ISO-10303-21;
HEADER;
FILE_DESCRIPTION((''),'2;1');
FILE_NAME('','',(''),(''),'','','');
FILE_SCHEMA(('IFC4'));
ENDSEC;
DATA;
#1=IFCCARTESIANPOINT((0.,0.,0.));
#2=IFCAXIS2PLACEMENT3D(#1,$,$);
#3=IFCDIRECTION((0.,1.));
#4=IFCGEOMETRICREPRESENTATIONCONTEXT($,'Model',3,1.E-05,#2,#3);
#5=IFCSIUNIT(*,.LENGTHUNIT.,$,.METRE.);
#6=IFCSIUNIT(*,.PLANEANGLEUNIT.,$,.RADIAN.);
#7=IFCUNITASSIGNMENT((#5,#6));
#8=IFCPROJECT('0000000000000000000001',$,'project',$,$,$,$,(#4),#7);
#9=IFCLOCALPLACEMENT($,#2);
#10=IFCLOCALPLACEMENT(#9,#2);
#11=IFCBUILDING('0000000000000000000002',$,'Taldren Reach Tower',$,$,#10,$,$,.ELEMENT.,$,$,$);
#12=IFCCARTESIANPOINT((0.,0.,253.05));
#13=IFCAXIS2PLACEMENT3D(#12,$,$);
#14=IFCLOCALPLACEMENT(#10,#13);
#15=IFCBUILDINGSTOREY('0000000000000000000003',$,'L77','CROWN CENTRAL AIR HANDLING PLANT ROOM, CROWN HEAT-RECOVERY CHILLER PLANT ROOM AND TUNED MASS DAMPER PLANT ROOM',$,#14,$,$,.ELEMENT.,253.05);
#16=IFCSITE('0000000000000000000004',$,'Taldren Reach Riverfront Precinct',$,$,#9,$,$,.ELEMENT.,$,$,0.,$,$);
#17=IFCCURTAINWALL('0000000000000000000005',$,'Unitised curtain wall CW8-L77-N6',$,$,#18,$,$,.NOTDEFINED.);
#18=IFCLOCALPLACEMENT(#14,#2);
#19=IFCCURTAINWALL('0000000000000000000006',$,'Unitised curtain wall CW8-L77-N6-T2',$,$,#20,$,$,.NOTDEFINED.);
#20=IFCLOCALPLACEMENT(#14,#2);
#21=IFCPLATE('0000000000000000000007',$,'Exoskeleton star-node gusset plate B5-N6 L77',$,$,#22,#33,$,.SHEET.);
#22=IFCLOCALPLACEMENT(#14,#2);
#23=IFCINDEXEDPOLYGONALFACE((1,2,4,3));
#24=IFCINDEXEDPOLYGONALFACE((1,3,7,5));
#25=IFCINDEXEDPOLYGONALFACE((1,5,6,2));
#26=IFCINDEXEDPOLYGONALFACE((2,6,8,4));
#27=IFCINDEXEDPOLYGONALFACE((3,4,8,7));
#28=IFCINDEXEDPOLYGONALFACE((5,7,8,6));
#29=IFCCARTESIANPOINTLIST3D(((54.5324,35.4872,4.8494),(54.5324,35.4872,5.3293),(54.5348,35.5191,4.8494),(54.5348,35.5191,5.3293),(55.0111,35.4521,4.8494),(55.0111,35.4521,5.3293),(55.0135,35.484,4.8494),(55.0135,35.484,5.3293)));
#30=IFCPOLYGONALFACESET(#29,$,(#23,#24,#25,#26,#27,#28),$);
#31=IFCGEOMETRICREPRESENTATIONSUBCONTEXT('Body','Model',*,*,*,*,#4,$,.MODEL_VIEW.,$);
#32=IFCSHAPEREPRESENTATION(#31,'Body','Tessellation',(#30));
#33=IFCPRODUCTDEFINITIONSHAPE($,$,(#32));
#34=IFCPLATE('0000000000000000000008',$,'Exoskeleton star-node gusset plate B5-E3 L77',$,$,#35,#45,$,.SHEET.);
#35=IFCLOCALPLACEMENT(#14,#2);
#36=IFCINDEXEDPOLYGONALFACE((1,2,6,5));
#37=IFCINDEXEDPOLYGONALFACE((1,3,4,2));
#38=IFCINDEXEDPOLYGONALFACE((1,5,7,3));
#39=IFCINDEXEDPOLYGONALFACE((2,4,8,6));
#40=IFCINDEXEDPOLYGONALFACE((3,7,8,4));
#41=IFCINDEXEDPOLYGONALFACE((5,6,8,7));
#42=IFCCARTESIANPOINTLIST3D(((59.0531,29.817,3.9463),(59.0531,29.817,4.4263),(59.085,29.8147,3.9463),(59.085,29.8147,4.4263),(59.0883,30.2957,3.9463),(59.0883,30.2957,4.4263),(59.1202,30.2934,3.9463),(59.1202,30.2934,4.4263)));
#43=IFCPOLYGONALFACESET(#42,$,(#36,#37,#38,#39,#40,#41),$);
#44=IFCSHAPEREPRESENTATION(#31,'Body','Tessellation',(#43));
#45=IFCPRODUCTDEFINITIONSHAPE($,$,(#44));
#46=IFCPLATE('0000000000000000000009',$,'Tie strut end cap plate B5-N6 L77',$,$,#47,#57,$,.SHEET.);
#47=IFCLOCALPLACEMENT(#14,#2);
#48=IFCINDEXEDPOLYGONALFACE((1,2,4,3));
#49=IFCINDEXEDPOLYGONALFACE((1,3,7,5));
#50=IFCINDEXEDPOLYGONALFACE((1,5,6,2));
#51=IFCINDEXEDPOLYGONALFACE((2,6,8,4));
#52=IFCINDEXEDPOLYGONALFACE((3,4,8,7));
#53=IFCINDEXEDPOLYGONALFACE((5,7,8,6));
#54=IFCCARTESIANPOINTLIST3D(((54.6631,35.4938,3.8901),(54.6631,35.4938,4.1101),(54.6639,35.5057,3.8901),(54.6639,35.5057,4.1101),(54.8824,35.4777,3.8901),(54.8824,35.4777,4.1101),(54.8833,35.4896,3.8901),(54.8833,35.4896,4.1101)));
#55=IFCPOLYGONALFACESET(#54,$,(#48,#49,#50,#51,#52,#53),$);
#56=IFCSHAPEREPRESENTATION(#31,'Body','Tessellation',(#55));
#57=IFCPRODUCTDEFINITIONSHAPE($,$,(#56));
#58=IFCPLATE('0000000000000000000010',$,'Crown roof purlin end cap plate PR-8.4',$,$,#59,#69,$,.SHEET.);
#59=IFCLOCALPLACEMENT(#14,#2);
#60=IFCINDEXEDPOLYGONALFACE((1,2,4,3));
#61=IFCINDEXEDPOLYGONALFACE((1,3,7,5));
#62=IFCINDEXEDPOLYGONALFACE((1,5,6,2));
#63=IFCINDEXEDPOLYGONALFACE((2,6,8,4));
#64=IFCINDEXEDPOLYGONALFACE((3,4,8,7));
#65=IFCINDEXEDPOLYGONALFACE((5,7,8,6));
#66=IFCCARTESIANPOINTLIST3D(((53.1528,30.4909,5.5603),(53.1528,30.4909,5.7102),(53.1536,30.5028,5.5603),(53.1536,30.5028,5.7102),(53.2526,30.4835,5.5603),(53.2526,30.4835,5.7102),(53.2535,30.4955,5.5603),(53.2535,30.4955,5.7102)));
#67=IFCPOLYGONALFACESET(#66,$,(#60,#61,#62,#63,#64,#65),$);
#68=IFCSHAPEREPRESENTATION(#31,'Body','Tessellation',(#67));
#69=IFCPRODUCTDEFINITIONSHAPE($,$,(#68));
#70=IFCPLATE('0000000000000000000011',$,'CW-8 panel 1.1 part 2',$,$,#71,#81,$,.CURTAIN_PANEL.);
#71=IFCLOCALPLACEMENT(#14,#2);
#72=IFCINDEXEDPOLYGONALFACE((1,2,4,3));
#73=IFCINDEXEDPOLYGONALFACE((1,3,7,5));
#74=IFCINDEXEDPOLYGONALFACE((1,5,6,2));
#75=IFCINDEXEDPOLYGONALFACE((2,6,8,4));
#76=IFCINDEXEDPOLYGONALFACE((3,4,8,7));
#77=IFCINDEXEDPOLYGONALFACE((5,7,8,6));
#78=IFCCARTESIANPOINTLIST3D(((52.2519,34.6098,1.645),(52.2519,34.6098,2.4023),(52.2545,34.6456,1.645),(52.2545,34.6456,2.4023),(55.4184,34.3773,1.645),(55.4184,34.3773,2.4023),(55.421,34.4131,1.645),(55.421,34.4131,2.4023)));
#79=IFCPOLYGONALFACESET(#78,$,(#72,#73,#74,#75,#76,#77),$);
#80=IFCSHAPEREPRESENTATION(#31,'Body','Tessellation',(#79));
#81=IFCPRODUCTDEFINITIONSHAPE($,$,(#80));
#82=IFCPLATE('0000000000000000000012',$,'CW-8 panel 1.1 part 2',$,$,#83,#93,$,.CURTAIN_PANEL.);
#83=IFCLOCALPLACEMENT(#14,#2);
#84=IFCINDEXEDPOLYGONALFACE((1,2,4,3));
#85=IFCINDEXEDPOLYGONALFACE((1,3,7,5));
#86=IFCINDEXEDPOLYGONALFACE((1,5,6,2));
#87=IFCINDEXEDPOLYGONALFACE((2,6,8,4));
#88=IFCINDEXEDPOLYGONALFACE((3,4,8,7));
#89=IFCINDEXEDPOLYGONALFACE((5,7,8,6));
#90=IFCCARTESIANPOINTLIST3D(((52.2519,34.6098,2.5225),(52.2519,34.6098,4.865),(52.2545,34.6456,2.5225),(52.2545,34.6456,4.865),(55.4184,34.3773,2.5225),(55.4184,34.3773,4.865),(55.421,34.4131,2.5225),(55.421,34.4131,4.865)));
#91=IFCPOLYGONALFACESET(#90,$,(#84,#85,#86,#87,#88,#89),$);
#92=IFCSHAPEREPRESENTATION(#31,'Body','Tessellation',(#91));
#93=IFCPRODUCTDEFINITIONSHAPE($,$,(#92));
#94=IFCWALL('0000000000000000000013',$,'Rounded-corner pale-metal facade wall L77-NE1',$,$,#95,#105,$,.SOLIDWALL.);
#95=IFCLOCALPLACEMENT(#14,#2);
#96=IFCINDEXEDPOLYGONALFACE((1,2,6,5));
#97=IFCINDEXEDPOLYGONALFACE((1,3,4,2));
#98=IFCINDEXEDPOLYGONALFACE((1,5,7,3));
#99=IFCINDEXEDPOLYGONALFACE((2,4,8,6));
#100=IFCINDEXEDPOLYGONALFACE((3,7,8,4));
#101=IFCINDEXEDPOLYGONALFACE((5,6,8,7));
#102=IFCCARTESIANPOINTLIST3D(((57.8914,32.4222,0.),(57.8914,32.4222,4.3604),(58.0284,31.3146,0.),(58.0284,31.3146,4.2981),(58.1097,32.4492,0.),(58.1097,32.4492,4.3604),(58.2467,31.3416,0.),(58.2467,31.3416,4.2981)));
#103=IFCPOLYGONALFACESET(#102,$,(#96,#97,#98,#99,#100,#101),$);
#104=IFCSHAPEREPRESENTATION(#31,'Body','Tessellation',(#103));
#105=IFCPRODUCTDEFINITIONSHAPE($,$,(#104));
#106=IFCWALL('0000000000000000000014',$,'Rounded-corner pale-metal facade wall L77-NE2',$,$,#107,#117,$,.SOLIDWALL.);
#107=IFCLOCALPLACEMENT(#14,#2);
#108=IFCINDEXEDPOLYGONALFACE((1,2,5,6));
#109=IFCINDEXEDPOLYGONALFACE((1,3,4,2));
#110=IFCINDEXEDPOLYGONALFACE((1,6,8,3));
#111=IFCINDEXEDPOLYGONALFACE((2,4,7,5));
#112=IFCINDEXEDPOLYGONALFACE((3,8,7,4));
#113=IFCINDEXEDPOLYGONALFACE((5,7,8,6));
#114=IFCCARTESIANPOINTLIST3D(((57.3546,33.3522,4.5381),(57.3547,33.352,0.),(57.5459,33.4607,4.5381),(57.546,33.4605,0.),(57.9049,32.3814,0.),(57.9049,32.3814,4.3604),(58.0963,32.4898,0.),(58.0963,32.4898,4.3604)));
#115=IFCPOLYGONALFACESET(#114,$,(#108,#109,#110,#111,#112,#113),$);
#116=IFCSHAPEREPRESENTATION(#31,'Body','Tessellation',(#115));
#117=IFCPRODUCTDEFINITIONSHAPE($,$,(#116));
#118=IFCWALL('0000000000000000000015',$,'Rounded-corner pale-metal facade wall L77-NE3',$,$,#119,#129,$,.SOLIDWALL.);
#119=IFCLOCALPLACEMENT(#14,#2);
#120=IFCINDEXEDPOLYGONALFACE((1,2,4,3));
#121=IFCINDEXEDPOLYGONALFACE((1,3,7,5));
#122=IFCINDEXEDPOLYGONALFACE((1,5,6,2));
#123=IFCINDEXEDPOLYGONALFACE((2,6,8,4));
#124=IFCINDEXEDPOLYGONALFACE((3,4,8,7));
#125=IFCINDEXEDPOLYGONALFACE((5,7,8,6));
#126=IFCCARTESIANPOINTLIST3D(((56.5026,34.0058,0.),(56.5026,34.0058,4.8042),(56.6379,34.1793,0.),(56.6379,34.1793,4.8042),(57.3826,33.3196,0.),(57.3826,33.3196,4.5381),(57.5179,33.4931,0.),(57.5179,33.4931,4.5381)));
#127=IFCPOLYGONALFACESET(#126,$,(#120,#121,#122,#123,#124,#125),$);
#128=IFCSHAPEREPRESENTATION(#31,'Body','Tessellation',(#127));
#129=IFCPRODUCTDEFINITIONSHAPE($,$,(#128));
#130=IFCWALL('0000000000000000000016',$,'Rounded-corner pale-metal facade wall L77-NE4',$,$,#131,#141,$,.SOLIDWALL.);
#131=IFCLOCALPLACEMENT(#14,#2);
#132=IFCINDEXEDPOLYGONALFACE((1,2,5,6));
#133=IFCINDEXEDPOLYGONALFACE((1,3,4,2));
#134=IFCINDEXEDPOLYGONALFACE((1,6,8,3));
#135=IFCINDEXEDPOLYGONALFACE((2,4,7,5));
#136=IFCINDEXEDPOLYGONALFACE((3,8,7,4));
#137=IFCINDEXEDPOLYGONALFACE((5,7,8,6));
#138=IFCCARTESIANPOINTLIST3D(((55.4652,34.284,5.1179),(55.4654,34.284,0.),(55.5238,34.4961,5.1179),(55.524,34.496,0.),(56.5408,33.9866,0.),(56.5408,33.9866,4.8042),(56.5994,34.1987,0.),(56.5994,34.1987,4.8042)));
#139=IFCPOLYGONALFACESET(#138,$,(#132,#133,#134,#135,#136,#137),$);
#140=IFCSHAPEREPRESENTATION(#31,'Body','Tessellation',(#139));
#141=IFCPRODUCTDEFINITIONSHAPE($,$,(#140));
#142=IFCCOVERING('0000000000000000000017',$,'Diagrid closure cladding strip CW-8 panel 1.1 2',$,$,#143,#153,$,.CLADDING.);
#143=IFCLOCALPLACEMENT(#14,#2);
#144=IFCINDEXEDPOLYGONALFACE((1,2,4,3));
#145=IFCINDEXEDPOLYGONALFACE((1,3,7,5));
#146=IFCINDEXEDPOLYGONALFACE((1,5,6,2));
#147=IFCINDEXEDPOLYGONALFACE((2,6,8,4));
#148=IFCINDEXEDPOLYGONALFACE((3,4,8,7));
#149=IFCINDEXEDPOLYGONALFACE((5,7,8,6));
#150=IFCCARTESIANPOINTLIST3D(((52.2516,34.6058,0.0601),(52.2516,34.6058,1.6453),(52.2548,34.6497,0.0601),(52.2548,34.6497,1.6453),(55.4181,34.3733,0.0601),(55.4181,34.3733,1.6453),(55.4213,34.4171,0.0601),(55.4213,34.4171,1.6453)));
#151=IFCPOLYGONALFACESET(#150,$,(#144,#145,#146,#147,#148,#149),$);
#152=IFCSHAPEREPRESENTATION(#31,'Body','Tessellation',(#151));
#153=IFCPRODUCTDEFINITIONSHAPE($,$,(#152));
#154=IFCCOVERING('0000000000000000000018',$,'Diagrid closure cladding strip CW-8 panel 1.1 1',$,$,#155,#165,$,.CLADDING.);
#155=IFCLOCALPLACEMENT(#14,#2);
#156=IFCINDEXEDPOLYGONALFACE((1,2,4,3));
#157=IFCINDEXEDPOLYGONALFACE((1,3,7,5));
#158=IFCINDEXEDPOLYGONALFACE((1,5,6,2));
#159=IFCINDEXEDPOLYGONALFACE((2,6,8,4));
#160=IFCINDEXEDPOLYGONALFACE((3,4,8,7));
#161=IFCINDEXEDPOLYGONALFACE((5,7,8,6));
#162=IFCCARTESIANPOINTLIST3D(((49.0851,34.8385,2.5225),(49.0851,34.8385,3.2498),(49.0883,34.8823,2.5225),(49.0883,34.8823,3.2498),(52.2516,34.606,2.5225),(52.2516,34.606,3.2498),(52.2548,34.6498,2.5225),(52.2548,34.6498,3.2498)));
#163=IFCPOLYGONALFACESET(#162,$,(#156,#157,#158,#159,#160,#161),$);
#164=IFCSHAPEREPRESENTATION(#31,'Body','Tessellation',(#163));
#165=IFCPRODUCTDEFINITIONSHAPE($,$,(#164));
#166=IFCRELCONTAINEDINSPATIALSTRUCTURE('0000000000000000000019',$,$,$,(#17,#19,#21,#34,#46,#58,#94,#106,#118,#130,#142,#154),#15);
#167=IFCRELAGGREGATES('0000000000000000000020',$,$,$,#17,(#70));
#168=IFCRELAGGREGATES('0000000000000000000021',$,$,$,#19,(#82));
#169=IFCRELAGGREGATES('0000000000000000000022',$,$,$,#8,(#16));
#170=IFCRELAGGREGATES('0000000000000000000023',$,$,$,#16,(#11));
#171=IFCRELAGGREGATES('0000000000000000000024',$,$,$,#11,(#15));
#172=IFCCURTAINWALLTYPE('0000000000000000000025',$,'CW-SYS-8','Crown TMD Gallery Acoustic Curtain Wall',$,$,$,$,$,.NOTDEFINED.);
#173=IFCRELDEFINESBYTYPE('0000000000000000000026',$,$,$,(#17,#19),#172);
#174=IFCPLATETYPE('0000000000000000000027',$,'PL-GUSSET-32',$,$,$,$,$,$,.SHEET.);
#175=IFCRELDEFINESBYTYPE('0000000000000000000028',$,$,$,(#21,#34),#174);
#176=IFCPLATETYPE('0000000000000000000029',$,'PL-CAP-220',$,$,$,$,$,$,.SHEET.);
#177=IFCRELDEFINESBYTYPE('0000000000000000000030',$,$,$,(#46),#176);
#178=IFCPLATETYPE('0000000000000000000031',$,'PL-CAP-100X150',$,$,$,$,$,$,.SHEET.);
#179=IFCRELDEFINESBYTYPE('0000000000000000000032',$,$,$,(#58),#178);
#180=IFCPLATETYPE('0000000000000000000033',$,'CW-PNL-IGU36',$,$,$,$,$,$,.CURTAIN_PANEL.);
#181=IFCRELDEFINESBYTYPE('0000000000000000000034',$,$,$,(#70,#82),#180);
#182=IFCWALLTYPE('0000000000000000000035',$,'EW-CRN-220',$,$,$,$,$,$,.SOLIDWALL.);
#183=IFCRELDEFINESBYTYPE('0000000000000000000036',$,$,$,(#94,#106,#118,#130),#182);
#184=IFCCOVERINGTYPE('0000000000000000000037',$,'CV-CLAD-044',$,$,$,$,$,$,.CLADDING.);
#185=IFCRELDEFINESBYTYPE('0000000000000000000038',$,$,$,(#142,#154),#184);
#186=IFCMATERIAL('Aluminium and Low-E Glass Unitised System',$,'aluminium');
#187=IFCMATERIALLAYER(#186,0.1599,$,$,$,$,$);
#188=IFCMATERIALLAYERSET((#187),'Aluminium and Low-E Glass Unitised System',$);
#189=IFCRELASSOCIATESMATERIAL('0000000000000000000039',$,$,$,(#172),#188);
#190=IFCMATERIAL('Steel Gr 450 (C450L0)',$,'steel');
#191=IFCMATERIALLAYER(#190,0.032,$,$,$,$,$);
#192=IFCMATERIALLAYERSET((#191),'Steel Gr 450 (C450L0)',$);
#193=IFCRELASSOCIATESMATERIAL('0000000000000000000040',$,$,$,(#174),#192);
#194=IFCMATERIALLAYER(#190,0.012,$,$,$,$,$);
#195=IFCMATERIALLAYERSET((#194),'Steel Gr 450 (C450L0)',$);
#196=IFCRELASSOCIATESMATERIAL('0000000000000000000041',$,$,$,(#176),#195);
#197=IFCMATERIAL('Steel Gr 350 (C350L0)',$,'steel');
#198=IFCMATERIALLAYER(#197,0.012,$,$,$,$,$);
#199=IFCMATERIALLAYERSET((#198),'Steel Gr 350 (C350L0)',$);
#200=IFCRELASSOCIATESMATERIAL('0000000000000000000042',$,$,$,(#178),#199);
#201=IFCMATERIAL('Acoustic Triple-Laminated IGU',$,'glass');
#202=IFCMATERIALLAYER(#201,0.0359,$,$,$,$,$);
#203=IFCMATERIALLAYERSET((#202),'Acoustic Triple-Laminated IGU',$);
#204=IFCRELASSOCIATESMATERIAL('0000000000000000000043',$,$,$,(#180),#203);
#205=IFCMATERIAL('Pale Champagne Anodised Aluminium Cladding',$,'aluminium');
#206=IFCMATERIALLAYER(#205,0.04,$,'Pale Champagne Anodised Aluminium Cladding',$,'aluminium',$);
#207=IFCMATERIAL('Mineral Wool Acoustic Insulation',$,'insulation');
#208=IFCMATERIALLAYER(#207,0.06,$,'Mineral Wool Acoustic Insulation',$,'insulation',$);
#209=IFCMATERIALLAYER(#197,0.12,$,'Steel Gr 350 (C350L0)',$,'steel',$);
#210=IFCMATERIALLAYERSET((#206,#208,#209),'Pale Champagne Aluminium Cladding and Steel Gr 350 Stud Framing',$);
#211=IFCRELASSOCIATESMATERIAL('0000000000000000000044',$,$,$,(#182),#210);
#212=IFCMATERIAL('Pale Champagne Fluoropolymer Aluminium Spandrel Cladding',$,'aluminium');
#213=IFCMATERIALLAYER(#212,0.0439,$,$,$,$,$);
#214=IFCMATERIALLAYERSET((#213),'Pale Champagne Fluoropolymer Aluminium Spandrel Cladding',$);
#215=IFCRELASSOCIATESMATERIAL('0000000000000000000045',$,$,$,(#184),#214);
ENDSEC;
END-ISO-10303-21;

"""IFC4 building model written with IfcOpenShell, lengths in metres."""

from ifc_helpers import new_model, si_unit, direction, frame, origin, origin_2d, place, context, subcontext, project, spatial, polyline, rectangle, outline, extrude, source, transform, mapped, material, layer, layer_set, type_object, element, aggregate, save


model = new_model("IFC4")

# Units and contexts
model_context = context("Model", 3, precision=1e-05, world=origin(), true_north=direction((0.0, 1.0)))
body_context = subcontext(model_context, "Body", "Model", "MODEL_VIEW")
ifc_project = project(units=[si_unit("LENGTHUNIT", "METRE"), si_unit("PLANEANGLEUNIT", "RADIAN")], contexts=[model_context])

# Site, building, storey
site_placement = place(None, origin())
site = spatial("IfcSite", under=ifc_project, at=site_placement, Name="Taldren Reach Riverfront Precinct", CompositionType="ELEMENT", RefElevation=0.0)
building_placement = place(site_placement, origin())
building = spatial("IfcBuilding", under=site, at=building_placement, Name="Taldren Reach Tower", CompositionType="ELEMENT")
storey_placement = place(building_placement, frame((0.0, 0.0, 253.05)))
storey = spatial("IfcBuildingStorey", under=building, at=storey_placement, Name="L77", Description="CROWN CENTRAL AIR HANDLING PLANT ROOM, CROWN HEAT-RECOVERY CHILLER PLANT ROOM AND TUNED MASS DAMPER PLANT ROOM", CompositionType="ELEMENT", Elevation=253.05)

# Shared definitions
ifc_material_1 = material(Name="Steel Gr 450 (C450L0)", Category="steel")

# Shared definitions
ifc_material_2 = material(Name="Steel Gr 350 (C350L0)", Category="steel")

# Curtain walls
ifc_material_3 = material(Name="Aluminium and Low-E Glass Unitised System", Category="aluminium")
ifc_layer_1 = layer(ifc_material_3, 0.1599)
ifc_layer_set_1 = layer_set([ifc_layer_1], Name="Aluminium and Low-E Glass Unitised System")
curtain_wall_type = type_object("IfcCurtainWallType", Name="CW-SYS-8", Description="Crown TMD Gallery Acoustic Curtain Wall", PredefinedType="NOTDEFINED", material=ifc_layer_set_1)
curtain_wall_1_placement = place(storey_placement, origin())
curtain_wall_1 = element("IfcCurtainWall", 1, at=curtain_wall_1_placement, inside=storey, type_object=curtain_wall_type, Name="Unitised curtain wall CW8-L77-N6", PredefinedType="NOTDEFINED")
curtain_wall_2_placement = place(storey_placement, origin())
curtain_wall_2 = element("IfcCurtainWall", 2, at=curtain_wall_2_placement, inside=storey, type_object=curtain_wall_type, Name="Unitised curtain wall CW8-L77-N6-T2", PredefinedType="NOTDEFINED")

# Plates
ifc_layer_2 = layer(ifc_material_1, 0.032)
ifc_layer_set_2 = layer_set([ifc_layer_2], Name="Steel Gr 450 (C450L0)")
plate_type_1 = type_object("IfcPlateType", Name="PL-GUSSET-32", PredefinedType="SHEET", material=ifc_layer_set_2)
shared_shape_1 = source(origin(), body_context, "Body", "SweptSolid", [
    extrude(rectangle(XDim=0.48, YDim=0.032, at=origin_2d()), origin(), (0.0, 0.0, 1.0), 0.48),
])
for number, where, z_axis, x_axis, name in (
    (3, (54.7729, 35.4856, 4.8494), (0.0, 0.0, 1.0), (0.997314, -0.073238, 0.0), "Exoskeleton star-node gusset plate B5-N6 L77"),
    (4, (59.0867, 30.0552, 3.9463), (0.0, 0.0, 1.0), (0.073238, 0.997314, 0.0), "Exoskeleton star-node gusset plate B5-E3 L77"),
):
    element("IfcPlate", number, at=place(storey_placement, frame(where, z_axis=z_axis, x_axis=x_axis)), inside=storey, type_object=plate_type_1, Name=name, PredefinedType="SHEET", context=body_context, shape_type="MappedRepresentation", body=[
        mapped(shared_shape_1, transform((0.0, 0.0, 0.0), scale=1.0)),
    ])
ifc_layer_3 = layer(ifc_material_1, 0.012)
ifc_layer_set_3 = layer_set([ifc_layer_3], Name="Steel Gr 450 (C450L0)")
plate_type_2 = type_object("IfcPlateType", Name="PL-CAP-220", PredefinedType="SHEET", material=ifc_layer_set_3)
shared_shape_2 = source(origin(), body_context, "Body", "SweptSolid", [
    extrude(rectangle(XDim=0.22, YDim=0.012, at=origin_2d()), origin(), (0.0, 0.0, 1.0), 0.22),
])
plate_1_placement = place(storey_placement, frame((54.7732, 35.4917, 3.8901), z_axis=(0.0, 0.0, 1.0), x_axis=(0.997314, -0.073238, 0.0)))
element("IfcPlate", 5, at=plate_1_placement, inside=storey, type_object=plate_type_2, Name="Tie strut end cap plate B5-N6 L77", PredefinedType="SHEET", context=body_context, shape_type="MappedRepresentation", body=[
    mapped(shared_shape_2, transform((0.0, 0.0, 0.0), scale=1.0)),
])
ifc_layer_4 = layer(ifc_material_2, 0.012)
ifc_layer_set_4 = layer_set([ifc_layer_4], Name="Steel Gr 350 (C350L0)")
plate_type_3 = type_object("IfcPlateType", Name="PL-CAP-100X150", PredefinedType="SHEET", material=ifc_layer_set_4)
shared_shape_3 = source(origin(), body_context, "Body", "SweptSolid", [
    extrude(rectangle(XDim=0.1001, YDim=0.012, at=origin_2d()), origin(), (0.0, 0.0, 1.0), 0.1499),
])
plate_2_placement = place(storey_placement, frame((53.2031, 30.4932, 5.5603), z_axis=(0.0, 0.0, 1.0), x_axis=(0.997314, -0.073238, 0.0)))
element("IfcPlate", 6, at=plate_2_placement, inside=storey, type_object=plate_type_3, Name="Crown roof purlin end cap plate PR-8.4", PredefinedType="SHEET", context=body_context, shape_type="MappedRepresentation", body=[
    mapped(shared_shape_3, transform((0.0, 0.0, 0.0), scale=1.0)),
])

# Plates
ifc_material_4 = material(Name="Acoustic Triple-Laminated IGU", Category="glass")
ifc_layer_5 = layer(ifc_material_4, 0.0359)
ifc_layer_set_5 = layer_set([ifc_layer_5], Name="Acoustic Triple-Laminated IGU")
plate_type_4 = type_object("IfcPlateType", Name="CW-PNL-IGU36", PredefinedType="CURTAIN_PANEL", material=ifc_layer_set_5)
shared_shape_4 = source(origin(), body_context, "Body", "SweptSolid", [
    extrude(rectangle(XDim=3.175, YDim=0.0359, at=origin_2d()), origin(), (0.0, 0.0, 1.0), 0.7573),
])
plate_3_placement = place(storey_placement, frame((53.8364, 34.5115, 1.645), z_axis=(0.0, 0.0, 1.0), x_axis=(0.997314, -0.073239, 0.0)))
plate_3 = element("IfcPlate", 7, at=plate_3_placement, type_object=plate_type_4, Name="CW-8 panel 1.1 part 2", PredefinedType="CURTAIN_PANEL", context=body_context, shape_type="MappedRepresentation", body=[
    mapped(shared_shape_4, transform((0.0, 0.0, 0.0), scale=1.0)),
])
aggregate(curtain_wall_1, [plate_3])
shared_shape_5 = source(origin(), body_context, "Body", "SweptSolid", [
    extrude(rectangle(XDim=3.175, YDim=0.0359, at=origin_2d()), origin(), (0.0, 0.0, 1.0), 2.3425),
])
plate_4_placement = place(storey_placement, frame((53.8364, 34.5115, 2.5225), z_axis=(0.0, 0.0, 1.0), x_axis=(0.997314, -0.073239, 0.0)))
plate_4 = element("IfcPlate", 8, at=plate_4_placement, type_object=plate_type_4, Name="CW-8 panel 1.1 part 2", PredefinedType="CURTAIN_PANEL", context=body_context, shape_type="MappedRepresentation", body=[
    mapped(shared_shape_5, transform((0.0, 0.0, 0.0), scale=1.0)),
])
aggregate(curtain_wall_2, [plate_4])

# Walls
ifc_material_5 = material(Name="Pale Champagne Anodised Aluminium Cladding", Category="aluminium")
ifc_layer_6 = layer(ifc_material_5, 0.04, Name="Pale Champagne Anodised Aluminium Cladding", Category="aluminium")
ifc_material_6 = material(Name="Mineral Wool Acoustic Insulation", Category="insulation")
ifc_layer_7 = layer(ifc_material_6, 0.06, Name="Mineral Wool Acoustic Insulation", Category="insulation")
ifc_layer_8 = layer(ifc_material_2, 0.12, Name="Steel Gr 350 (C350L0)", Category="steel")
ifc_layer_set_6 = layer_set([ifc_layer_6, ifc_layer_7, ifc_layer_8], Name="Pale Champagne Aluminium Cladding and Steel Gr 350 Stud Framing")
wall_type = type_object("IfcWallType", Name="EW-CRN-220", PredefinedType="SOLIDWALL", material=ifc_layer_set_6)
wall_1_placement = place(storey_placement, frame((58.1375, 31.3281, 0.0), z_axis=(0.0, 0.0, 1.0), x_axis=(-0.122742, 0.992439, 0.0)))
element("IfcWall", 9, at=wall_1_placement, inside=storey, type_object=wall_type, Name="Rounded-corner pale-metal facade wall L77-NE1", PredefinedType="SOLIDWALL", context=body_context, shape_type="SweptSolid", body=[
    extrude(outline(polyline([(0.0, 0.0), (1.116, 0.0), (1.116, 4.3604), (0.0, 4.2981), (0.0, 0.0)])), frame((0.0, 0.1099, 0.0), z_axis=(0.0, -1.0, 0.0), x_axis=(1.0, 0.0, 0.0)), (0.0, 0.0, 1.0), 0.22),
])
wall_2_placement = place(storey_placement, frame((58.0005, 32.4355, 0.0), z_axis=(0.0, 0.0, 1.0), x_axis=(-0.493167, 0.869935, 0.0)))
element("IfcWall", 10, at=wall_2_placement, inside=storey, type_object=wall_type, Name="Rounded-corner pale-metal facade wall L77-NE2", PredefinedType="SOLIDWALL", context=body_context, shape_type="SweptSolid", body=[
    extrude(outline(polyline([(0.0, 0.0), (1.1157, 0.0), (1.116, 4.5381), (0.0, 4.3604), (0.0, 0.0)])), frame((0.0, 0.1099, 0.0), z_axis=(0.0, -1.0, 0.0), x_axis=(1.0, 0.0, 0.0)), (0.0, 0.0, 1.0), 0.22),
])
wall_3_placement = place(storey_placement, frame((57.4502, 33.4062, 0.0), z_axis=(0.0, 0.0, 1.0), x_axis=(-0.788598, 0.614909, 0.0)))
element("IfcWall", 11, at=wall_3_placement, inside=storey, type_object=wall_type, Name="Rounded-corner pale-metal facade wall L77-NE3", PredefinedType="SOLIDWALL", context=body_context, shape_type="SweptSolid", body=[
    extrude(outline(polyline([(0.0, 0.0), (1.116, 0.0), (1.116, 4.8042), (0.0, 4.5381), (0.0, 0.0)])), frame((0.0, 0.1099, 0.0), z_axis=(0.0, -1.0, 0.0), x_axis=(1.0, 0.0, 0.0)), (0.0, 0.0, 1.0), 0.22),
])
wall_4_placement = place(storey_placement, frame((56.5701, 34.0925, 0.0), z_axis=(0.0, 0.0, 1.0), x_axis=(-0.963834, 0.266504, 0.0)))
element("IfcWall", 12, at=wall_4_placement, inside=storey, type_object=wall_type, Name="Rounded-corner pale-metal facade wall L77-NE4", PredefinedType="SOLIDWALL", context=body_context, shape_type="SweptSolid", body=[
    extrude(outline(polyline([(0.0, 0.0), (1.1157, 0.0), (1.116, 5.1179), (0.0, 4.8042), (0.0, 0.0)])), frame((0.0, 0.1099, 0.0), z_axis=(0.0, -1.0, 0.0), x_axis=(1.0, 0.0, 0.0)), (0.0, 0.0, 1.0), 0.22),
])

# Coverings
ifc_material_7 = material(Name="Pale Champagne Fluoropolymer Aluminium Spandrel Cladding", Category="aluminium")
ifc_layer_9 = layer(ifc_material_7, 0.0439)
ifc_layer_set_7 = layer_set([ifc_layer_9], Name="Pale Champagne Fluoropolymer Aluminium Spandrel Cladding")
covering_type = type_object("IfcCoveringType", Name="CV-CLAD-044", PredefinedType="CLADDING", material=ifc_layer_set_7)
shared_shape_6 = source(origin(), body_context, "Body", "SweptSolid", [
    extrude(rectangle(XDim=3.175, YDim=0.0439, at=origin_2d()), origin(), (0.0, 0.0, 1.0), 1.5852),
])
covering_1_placement = place(storey_placement, frame((53.8364, 34.5115, 0.0601), z_axis=(0.0, 0.0, 1.0), x_axis=(0.997314, -0.073239, 0.0)))
element("IfcCovering", 13, at=covering_1_placement, inside=storey, type_object=covering_type, Name="Diagrid closure cladding strip CW-8 panel 1.1 2", PredefinedType="CLADDING", context=body_context, shape_type="MappedRepresentation", body=[
    mapped(shared_shape_6, transform((0.0, 0.0, 0.0), scale=1.0)),
])
shared_shape_7 = source(origin(), body_context, "Body", "SweptSolid", [
    extrude(rectangle(XDim=3.175, YDim=0.0439, at=origin_2d()), origin(), (0.0, 0.0, 1.0), 0.7273),
])
covering_2_placement = place(storey_placement, frame((50.6699, 34.7441, 2.5225), z_axis=(0.0, 0.0, 1.0), x_axis=(0.997314, -0.073239, 0.0)))
element("IfcCovering", 14, at=covering_2_placement, inside=storey, type_object=covering_type, Name="Diagrid closure cladding strip CW-8 panel 1.1 1", PredefinedType="CLADDING", context=body_context, shape_type="MappedRepresentation", body=[
    mapped(shared_shape_7, transform((0.0, 0.0, 0.0), scale=1.0)),
])

save(model, "model.ifc")
